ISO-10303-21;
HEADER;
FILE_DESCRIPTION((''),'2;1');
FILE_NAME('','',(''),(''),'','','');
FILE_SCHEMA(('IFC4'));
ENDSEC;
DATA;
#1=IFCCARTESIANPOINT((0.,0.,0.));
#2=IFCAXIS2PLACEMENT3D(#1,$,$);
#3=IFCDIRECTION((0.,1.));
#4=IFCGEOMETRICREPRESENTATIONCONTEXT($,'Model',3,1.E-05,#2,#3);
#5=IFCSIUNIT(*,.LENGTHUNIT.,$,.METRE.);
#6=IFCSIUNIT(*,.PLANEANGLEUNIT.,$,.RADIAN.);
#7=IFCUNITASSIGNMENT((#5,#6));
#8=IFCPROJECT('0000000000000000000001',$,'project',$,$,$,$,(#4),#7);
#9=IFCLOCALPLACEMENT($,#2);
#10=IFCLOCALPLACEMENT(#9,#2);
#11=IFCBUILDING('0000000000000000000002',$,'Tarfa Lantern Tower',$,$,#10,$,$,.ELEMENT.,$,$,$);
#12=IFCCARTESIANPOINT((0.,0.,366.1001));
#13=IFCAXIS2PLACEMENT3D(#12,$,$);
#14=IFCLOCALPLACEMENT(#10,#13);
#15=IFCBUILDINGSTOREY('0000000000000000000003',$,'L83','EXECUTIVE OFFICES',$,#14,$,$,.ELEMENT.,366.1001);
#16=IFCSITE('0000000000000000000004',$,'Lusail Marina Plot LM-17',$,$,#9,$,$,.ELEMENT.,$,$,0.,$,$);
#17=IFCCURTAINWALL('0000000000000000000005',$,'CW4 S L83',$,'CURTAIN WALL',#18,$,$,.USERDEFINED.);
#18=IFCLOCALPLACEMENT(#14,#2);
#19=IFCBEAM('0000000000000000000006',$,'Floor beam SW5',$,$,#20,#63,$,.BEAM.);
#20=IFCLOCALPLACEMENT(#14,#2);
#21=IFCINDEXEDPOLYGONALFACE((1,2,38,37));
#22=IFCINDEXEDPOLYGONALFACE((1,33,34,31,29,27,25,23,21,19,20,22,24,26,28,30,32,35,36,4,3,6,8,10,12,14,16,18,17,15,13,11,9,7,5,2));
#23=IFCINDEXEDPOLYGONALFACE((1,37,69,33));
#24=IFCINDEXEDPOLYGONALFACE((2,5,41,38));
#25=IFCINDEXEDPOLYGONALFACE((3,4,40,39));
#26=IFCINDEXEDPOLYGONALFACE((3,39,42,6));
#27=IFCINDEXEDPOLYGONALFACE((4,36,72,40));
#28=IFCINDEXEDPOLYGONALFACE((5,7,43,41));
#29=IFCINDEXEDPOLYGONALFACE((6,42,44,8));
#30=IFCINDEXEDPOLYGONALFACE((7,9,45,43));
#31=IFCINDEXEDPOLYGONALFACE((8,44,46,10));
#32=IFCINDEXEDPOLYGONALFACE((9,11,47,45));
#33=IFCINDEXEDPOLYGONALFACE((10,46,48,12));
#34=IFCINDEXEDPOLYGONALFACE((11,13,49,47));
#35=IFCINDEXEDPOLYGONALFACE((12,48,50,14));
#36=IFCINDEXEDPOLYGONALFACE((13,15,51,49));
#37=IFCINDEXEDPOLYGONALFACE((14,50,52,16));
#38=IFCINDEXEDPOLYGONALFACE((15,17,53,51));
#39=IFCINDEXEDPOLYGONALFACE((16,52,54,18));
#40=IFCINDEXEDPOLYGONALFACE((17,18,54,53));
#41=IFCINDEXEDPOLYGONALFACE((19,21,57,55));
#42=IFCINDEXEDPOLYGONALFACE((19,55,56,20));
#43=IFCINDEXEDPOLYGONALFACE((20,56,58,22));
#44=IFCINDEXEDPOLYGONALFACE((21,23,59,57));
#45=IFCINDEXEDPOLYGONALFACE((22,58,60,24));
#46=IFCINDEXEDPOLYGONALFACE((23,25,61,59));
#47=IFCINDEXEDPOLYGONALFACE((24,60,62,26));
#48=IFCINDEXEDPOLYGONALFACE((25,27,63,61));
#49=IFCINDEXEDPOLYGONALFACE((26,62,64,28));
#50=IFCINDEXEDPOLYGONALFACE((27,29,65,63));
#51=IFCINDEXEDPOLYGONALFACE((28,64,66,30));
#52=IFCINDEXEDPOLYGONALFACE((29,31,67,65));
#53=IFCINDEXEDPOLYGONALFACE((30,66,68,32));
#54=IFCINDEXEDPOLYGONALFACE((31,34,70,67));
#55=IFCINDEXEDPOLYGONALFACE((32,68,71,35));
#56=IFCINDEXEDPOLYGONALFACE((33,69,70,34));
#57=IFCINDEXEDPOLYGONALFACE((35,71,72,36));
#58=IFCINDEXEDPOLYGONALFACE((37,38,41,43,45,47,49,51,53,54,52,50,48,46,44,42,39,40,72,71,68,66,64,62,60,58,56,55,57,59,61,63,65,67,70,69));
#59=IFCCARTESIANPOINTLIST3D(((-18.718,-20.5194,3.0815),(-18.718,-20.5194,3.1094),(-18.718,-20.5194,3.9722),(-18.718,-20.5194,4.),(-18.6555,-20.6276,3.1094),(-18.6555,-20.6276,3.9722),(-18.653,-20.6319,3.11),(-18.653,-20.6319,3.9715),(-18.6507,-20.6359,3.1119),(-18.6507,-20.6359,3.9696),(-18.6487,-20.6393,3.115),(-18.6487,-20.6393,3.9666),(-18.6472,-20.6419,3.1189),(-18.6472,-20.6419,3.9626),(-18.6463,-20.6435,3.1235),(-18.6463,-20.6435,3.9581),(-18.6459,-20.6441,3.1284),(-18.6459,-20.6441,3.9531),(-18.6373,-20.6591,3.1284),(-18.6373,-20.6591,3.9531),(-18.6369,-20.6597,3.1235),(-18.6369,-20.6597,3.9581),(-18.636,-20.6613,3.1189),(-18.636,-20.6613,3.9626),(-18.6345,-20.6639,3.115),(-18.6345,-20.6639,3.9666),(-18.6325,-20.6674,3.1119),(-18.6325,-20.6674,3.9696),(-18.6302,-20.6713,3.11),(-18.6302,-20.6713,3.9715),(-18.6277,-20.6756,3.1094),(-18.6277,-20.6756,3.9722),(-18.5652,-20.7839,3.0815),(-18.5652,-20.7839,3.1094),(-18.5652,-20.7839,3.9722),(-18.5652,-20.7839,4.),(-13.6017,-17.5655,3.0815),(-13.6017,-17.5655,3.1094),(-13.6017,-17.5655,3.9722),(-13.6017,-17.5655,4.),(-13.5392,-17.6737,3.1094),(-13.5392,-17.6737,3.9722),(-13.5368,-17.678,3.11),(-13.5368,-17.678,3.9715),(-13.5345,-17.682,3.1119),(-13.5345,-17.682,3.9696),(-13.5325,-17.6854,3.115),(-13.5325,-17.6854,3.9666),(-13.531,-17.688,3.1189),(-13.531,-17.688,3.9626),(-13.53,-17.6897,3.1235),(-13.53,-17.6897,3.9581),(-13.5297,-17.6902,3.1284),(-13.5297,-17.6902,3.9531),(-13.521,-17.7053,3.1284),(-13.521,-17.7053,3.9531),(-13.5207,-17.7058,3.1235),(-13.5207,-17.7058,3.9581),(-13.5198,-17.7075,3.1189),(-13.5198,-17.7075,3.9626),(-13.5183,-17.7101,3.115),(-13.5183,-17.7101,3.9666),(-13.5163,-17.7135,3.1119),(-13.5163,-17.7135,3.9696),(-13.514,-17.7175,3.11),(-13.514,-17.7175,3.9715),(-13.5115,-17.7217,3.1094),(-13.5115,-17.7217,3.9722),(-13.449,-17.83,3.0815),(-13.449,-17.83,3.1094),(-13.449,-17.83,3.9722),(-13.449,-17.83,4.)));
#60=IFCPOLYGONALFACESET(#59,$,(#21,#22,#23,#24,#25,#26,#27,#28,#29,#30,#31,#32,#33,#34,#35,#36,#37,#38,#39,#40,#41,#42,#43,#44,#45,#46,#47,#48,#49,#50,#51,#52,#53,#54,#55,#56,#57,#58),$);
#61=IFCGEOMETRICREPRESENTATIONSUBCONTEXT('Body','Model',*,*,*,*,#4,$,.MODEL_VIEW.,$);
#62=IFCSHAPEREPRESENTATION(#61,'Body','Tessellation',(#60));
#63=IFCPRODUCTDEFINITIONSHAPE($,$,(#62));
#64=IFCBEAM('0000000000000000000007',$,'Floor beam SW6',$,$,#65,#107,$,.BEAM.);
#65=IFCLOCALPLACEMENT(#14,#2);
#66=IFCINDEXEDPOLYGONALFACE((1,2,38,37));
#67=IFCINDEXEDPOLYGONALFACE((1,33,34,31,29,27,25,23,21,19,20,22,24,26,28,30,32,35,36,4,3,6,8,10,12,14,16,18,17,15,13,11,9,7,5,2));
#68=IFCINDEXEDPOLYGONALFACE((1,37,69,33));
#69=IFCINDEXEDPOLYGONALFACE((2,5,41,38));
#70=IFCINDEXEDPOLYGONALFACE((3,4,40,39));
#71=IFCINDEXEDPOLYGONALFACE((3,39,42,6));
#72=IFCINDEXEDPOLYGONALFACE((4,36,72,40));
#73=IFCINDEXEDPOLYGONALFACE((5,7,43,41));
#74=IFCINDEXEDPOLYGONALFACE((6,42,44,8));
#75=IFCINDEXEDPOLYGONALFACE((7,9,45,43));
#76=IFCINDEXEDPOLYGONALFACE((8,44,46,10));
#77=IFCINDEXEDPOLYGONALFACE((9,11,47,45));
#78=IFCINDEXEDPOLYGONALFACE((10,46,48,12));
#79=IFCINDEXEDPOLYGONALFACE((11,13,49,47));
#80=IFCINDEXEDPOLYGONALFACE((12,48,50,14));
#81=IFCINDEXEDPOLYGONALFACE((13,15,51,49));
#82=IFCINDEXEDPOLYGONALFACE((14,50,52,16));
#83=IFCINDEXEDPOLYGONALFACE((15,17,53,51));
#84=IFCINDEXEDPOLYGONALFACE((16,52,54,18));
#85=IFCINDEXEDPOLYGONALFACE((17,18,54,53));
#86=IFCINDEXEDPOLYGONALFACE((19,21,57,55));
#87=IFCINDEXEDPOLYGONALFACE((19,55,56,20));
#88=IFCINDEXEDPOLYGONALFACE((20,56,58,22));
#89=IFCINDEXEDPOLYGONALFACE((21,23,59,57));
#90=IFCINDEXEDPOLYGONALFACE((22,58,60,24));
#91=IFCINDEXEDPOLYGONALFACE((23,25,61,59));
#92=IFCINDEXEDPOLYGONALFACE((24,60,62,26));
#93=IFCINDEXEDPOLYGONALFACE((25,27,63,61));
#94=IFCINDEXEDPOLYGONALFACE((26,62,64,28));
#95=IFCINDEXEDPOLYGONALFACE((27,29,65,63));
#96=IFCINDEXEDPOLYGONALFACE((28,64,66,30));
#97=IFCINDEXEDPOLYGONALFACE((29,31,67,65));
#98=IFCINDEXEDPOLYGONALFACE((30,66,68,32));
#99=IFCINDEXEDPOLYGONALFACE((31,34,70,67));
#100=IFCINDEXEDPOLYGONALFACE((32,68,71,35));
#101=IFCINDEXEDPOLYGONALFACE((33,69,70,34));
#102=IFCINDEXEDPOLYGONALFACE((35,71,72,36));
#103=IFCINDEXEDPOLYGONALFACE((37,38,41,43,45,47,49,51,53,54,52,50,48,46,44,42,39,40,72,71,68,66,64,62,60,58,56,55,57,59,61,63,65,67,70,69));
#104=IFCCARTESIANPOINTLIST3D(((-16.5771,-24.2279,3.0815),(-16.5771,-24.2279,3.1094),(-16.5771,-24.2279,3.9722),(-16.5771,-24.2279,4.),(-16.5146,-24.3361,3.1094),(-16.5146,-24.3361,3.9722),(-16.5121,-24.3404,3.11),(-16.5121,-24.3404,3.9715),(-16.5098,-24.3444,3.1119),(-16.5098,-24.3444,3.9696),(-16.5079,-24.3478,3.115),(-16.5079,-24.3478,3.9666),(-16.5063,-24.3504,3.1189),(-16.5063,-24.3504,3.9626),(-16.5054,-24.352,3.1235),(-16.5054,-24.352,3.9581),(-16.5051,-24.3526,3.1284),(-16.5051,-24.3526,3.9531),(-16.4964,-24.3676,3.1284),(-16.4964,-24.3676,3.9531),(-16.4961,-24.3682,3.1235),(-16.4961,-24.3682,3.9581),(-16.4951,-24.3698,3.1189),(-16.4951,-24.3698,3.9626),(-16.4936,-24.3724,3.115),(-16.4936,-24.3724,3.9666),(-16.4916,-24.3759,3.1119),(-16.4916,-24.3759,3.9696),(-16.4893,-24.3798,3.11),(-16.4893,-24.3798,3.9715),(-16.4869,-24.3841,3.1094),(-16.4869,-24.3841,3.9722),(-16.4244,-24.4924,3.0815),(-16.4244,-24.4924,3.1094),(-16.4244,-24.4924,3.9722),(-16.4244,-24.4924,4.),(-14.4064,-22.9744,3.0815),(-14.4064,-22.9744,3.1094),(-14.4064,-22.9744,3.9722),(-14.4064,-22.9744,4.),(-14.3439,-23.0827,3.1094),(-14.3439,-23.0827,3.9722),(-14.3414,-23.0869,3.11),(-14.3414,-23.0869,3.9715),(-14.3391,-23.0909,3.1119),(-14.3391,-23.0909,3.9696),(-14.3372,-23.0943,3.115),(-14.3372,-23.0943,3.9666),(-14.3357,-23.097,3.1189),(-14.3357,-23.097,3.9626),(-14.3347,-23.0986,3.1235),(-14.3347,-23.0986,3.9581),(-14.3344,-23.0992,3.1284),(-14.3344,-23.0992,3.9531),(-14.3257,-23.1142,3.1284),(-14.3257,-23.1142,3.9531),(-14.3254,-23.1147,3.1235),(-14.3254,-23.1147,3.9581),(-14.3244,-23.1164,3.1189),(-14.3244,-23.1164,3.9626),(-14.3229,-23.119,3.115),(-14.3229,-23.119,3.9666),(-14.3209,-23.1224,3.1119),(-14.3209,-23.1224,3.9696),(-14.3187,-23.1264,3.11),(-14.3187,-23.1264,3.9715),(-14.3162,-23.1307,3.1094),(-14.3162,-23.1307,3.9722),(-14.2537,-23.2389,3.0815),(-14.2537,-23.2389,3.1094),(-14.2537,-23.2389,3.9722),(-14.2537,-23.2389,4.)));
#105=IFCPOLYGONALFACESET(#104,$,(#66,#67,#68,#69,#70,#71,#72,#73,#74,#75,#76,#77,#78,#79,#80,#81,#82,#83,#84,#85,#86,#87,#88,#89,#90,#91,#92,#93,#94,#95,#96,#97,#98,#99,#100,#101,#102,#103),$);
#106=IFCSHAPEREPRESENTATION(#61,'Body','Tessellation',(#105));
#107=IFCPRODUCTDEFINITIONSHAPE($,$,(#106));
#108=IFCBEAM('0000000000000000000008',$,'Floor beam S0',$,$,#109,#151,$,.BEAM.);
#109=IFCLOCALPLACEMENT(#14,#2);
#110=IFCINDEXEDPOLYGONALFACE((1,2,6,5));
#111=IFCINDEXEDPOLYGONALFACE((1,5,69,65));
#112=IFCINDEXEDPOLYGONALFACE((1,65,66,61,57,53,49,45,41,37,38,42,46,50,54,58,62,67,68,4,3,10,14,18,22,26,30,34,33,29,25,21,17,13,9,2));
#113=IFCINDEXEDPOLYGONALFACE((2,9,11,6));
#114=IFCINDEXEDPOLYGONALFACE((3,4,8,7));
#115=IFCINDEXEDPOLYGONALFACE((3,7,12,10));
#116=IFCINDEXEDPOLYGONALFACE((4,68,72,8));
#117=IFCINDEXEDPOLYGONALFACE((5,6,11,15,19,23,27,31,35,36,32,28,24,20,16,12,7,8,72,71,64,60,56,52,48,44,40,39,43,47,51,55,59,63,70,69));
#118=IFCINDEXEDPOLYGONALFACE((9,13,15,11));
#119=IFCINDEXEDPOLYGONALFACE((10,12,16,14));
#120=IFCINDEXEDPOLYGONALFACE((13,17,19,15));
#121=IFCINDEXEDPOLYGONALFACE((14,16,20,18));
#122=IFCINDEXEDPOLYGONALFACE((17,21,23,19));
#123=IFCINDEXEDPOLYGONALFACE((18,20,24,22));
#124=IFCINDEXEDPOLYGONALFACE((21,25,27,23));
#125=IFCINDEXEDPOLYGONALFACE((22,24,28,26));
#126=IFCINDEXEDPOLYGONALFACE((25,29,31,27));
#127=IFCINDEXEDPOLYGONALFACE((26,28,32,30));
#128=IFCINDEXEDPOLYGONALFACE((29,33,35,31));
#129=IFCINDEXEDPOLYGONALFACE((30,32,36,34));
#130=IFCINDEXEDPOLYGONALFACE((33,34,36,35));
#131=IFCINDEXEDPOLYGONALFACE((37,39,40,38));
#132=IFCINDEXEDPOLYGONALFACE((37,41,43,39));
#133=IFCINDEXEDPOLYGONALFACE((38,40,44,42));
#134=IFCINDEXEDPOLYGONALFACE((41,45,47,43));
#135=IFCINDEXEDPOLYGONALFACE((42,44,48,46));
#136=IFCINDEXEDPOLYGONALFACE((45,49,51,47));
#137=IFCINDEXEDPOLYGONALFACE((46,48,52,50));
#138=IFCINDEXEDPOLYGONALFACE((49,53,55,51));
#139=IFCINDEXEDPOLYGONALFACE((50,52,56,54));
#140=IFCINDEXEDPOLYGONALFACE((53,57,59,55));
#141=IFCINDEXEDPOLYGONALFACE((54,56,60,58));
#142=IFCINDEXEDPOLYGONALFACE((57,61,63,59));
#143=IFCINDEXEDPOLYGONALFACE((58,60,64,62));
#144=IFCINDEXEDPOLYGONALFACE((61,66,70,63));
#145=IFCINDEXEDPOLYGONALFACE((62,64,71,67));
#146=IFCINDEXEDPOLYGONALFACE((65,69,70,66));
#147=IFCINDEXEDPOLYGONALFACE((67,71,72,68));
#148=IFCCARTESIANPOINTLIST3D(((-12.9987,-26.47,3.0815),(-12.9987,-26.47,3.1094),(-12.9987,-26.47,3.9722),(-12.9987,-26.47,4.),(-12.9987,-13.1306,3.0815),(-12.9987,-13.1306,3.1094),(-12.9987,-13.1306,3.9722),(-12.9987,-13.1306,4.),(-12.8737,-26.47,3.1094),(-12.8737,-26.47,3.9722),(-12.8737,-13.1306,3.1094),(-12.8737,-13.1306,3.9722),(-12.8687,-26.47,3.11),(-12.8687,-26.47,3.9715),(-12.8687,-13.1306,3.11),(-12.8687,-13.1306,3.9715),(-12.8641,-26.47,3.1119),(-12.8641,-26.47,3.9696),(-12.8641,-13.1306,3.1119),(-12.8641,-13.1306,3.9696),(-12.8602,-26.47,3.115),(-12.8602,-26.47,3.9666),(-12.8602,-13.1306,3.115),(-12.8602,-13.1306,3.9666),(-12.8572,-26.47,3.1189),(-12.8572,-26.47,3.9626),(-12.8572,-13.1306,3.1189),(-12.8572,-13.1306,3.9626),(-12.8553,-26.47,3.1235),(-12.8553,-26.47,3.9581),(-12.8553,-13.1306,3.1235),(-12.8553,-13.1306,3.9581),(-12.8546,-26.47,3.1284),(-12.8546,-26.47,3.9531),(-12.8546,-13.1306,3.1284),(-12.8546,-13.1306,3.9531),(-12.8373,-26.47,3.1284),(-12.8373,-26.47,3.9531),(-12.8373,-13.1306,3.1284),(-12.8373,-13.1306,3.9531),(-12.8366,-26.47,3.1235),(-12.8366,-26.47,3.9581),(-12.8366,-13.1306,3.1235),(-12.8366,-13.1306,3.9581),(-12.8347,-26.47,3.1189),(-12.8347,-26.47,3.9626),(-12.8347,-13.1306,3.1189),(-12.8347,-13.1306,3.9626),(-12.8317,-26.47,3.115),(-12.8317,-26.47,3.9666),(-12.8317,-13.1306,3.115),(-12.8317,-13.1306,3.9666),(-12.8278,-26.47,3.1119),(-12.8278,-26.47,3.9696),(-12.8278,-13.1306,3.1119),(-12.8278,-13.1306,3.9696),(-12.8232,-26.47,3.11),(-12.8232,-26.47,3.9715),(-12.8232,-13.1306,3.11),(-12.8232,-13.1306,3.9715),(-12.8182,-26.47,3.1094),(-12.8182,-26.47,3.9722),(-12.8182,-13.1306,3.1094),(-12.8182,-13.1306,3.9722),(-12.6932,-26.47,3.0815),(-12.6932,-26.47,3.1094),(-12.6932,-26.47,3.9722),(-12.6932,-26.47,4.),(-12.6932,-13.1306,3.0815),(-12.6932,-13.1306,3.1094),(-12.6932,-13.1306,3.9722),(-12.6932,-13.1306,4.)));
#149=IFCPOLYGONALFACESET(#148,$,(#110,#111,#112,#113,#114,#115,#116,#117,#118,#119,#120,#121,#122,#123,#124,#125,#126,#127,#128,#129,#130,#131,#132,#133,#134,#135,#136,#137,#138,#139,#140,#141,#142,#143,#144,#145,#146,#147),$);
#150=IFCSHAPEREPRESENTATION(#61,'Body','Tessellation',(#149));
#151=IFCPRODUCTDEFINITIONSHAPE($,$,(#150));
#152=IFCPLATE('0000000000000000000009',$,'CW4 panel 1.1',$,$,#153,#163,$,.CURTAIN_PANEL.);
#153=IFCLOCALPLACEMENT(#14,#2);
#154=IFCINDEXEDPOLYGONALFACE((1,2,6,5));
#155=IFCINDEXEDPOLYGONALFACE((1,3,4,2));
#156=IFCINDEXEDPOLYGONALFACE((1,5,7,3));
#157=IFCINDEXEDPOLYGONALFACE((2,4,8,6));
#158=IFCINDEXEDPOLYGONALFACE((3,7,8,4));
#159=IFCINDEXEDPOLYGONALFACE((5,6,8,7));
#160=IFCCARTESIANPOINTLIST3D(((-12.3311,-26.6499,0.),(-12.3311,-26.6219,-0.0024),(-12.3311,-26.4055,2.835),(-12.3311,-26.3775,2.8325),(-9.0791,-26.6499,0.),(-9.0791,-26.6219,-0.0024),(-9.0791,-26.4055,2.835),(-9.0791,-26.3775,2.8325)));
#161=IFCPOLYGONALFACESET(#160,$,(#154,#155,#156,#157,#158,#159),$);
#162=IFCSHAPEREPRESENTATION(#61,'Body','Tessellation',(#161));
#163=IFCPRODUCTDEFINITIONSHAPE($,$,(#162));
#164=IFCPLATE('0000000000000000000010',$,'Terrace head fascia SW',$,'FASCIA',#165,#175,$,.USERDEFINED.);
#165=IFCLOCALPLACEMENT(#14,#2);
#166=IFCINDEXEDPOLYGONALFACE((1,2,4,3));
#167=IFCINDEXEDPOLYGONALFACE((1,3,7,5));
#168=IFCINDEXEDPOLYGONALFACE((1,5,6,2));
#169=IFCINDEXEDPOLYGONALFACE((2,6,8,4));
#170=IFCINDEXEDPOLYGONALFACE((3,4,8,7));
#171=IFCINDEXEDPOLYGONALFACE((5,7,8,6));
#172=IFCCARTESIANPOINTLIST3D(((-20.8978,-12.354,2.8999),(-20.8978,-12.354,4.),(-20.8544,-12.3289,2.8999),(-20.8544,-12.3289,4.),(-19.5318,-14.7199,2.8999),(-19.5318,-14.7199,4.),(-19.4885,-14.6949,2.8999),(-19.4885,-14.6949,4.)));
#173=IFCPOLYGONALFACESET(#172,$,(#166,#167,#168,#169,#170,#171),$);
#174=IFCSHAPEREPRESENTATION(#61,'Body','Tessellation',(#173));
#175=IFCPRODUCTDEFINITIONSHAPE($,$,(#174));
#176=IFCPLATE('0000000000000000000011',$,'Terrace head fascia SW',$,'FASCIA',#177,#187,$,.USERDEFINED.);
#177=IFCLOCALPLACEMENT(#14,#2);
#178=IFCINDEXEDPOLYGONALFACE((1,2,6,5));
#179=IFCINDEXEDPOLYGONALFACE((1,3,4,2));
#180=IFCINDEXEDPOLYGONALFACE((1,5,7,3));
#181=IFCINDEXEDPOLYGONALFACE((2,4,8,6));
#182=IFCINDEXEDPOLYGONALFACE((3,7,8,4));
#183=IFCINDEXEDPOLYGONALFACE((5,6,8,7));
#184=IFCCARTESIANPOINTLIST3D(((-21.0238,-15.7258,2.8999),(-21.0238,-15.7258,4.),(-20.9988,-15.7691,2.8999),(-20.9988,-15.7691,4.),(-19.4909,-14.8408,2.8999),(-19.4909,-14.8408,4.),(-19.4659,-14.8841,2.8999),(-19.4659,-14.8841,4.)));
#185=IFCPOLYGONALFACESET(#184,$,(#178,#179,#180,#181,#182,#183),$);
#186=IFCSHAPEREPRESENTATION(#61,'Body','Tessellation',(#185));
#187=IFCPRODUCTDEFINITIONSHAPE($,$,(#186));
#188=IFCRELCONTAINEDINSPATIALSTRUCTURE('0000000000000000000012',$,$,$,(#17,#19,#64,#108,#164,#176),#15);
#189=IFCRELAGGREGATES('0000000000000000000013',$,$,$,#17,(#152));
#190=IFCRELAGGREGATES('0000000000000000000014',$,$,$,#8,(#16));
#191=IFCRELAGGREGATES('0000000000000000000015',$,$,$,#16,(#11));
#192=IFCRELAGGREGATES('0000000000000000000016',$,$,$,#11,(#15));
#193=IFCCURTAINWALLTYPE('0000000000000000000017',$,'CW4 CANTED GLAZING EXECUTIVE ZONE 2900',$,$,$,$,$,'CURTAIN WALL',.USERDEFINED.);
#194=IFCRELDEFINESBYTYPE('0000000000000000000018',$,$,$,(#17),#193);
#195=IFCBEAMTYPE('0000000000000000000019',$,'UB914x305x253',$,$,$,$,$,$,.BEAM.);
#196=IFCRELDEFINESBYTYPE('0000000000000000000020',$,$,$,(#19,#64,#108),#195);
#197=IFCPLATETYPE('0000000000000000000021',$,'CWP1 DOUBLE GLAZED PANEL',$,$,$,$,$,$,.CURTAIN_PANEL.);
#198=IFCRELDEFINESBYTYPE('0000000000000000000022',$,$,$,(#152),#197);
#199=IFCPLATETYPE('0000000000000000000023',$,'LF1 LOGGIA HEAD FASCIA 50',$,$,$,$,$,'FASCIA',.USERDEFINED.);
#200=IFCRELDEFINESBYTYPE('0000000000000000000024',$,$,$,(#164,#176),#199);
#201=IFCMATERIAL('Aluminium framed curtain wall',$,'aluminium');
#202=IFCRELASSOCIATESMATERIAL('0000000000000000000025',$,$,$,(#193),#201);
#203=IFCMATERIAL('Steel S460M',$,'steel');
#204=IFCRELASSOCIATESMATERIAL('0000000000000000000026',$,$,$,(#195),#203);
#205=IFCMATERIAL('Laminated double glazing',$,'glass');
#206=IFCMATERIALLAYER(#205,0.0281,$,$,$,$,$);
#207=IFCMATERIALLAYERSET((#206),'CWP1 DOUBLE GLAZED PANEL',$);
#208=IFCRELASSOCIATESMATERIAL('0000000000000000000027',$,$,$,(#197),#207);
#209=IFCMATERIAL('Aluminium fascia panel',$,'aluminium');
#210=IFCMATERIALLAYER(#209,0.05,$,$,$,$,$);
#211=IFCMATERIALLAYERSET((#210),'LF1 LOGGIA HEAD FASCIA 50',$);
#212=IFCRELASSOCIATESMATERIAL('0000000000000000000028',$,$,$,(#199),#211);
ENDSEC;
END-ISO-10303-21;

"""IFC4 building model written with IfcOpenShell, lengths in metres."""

from ifc_helpers import new_model, si_unit, direction, frame, origin, origin_2d, place, context, subcontext, project, spatial, polyline, rectangle, i_section, outline, extrude, material, layer, layer_set, material_profile, profile_set, type_object, element, aggregate, save


model = new_model("IFC4")

# Units and contexts
model_context = context("Model", 3, precision=1e-05, world=origin(), true_north=direction((0.0, 1.0)))
body_context = subcontext(model_context, "Body", "Model", "MODEL_VIEW")
ifc_project = project(units=[si_unit("LENGTHUNIT", "METRE"), si_unit("PLANEANGLEUNIT", "RADIAN")], contexts=[model_context])

# Site, building, storey
site_placement = place(None, origin())
site = spatial("IfcSite", under=ifc_project, at=site_placement, Name="Lusail Marina Plot LM-17", CompositionType="ELEMENT", RefElevation=0.0)
building_placement = place(site_placement, origin())
building = spatial("IfcBuilding", under=site, at=building_placement, Name="Tarfa Lantern Tower", CompositionType="ELEMENT")
storey_placement = place(building_placement, frame((0.0, 0.0, 366.1001)))
storey = spatial("IfcBuildingStorey", under=building, at=storey_placement, Name="L83", Description="EXECUTIVE OFFICES", CompositionType="ELEMENT", Elevation=366.1001)

# Curtain wall
ifc_material_1 = material(Name="Aluminium framed curtain wall", Category="aluminium")
curtain_wall_type = type_object("IfcCurtainWallType", Name="CW4 CANTED GLAZING EXECUTIVE ZONE 2900", ElementType="CURTAIN WALL", PredefinedType="USERDEFINED", material=ifc_material_1)
curtain_wall_placement = place(storey_placement, origin())
curtain_wall = element("IfcCurtainWall", 1, at=curtain_wall_placement, inside=storey, type_object=curtain_wall_type, Name="CW4 S L83", ObjectType="CURTAIN WALL", PredefinedType="USERDEFINED")

# Beams
ifc_material_2 = material(Name="Steel S460M", Category="steel")
ifc_material_profile_1 = material_profile(ifc_material_2, i_section(OverallWidth=0.3054, OverallDepth=0.9185, WebThickness=0.0173, FlangeThickness=0.0278, FilletRadius=0.019, at=origin_2d()), Name="UB914x305x253")
ifc_profile_set_1 = profile_set([ifc_material_profile_1], Name="Steel S460M")
beam_type_1 = type_object("IfcBeamType", Name="UB914x305x253", PredefinedType="BEAM", material=ifc_profile_set_1)
beam_1_placement = place(storey_placement, frame((-18.6416, -20.6516, 3.5408), z_axis=(0.866025, 0.500001, 0.0), x_axis=(-0.500001, 0.866025, 0.0)))
element("IfcBeam", 2, at=beam_1_placement, inside=storey, type_object=beam_type_1, Name="Floor beam SW5", PredefinedType="BEAM", context=body_context, shape_type="SweptSolid", body=[
    extrude(i_section(OverallWidth=0.3054, OverallDepth=0.9185, WebThickness=0.0173, FlangeThickness=0.0278, FilletRadius=0.019, at=origin_2d()), origin(), (0.0, 0.0, 1.0), 5.9077),
])
beam_2_placement = place(storey_placement, frame((-16.5007, -24.3601, 3.5408), z_axis=(0.865993, 0.500057, 0.0), x_axis=(-0.500057, 0.865993, 0.0)))
element("IfcBeam", 3, at=beam_2_placement, inside=storey, type_object=beam_type_1, Name="Floor beam SW6", PredefinedType="BEAM", context=body_context, shape_type="SweptSolid", body=[
    extrude(i_section(OverallWidth=0.3054, OverallDepth=0.9185, WebThickness=0.0173, FlangeThickness=0.0278, FilletRadius=0.019, at=origin_2d()), origin(), (0.0, 0.0, 1.0), 2.5066),
])
beam_3_placement = place(storey_placement, frame((-12.8459, -26.47, 3.5408), z_axis=(0.0, 1.0, 0.0), x_axis=(-1.0, 0.0, 0.0)))
element("IfcBeam", 4, at=beam_3_placement, inside=storey, type_object=beam_type_1, Name="Floor beam S0", PredefinedType="BEAM", context=body_context, shape_type="SweptSolid", body=[
    extrude(i_section(OverallWidth=0.3054, OverallDepth=0.9185, WebThickness=0.0173, FlangeThickness=0.0278, FilletRadius=0.019, at=origin_2d()), origin(), (0.0, 0.0, 1.0), 13.3394),
])

# Plate
ifc_material_3 = material(Name="Laminated double glazing", Category="glass")
ifc_layer_1 = layer(ifc_material_3, 0.0281)
ifc_layer_set_1 = layer_set([ifc_layer_1], Name="CWP1 DOUBLE GLAZED PANEL")
plate_type_1 = type_object("IfcPlateType", Name="CWP1 DOUBLE GLAZED PANEL", PredefinedType="CURTAIN_PANEL", material=ifc_layer_set_1)
plate_1_placement = place(storey_placement, frame((-12.3311, -26.6499, 0.0), z_axis=(0.0, -0.996305, 0.085885), x_axis=(1.0, 0.0, 0.0)))
plate_1 = element("IfcPlate", 5, at=plate_1_placement, type_object=plate_type_1, Name="CW4 panel 1.1", PredefinedType="CURTAIN_PANEL", context=body_context, shape_type="SweptSolid", body=[
    extrude(outline(polyline([(0.0, 0.0), (3.252, 0.0), (3.252, 2.8455), (0.0, 2.8455), (0.0, 0.0)])), origin(), (0.0, 0.0, -1.0), 0.0281),
])
aggregate(curtain_wall, [plate_1])

# Plates
ifc_material_4 = material(Name="Aluminium fascia panel", Category="aluminium")
ifc_layer_2 = layer(ifc_material_4, 0.05)
ifc_layer_set_2 = layer_set([ifc_layer_2], Name="LF1 LOGGIA HEAD FASCIA 50")
plate_type_2 = type_object("IfcPlateType", Name="LF1 LOGGIA HEAD FASCIA 50", ElementType="FASCIA", PredefinedType="USERDEFINED", material=ifc_layer_set_2)
plate_2_placement = place(storey_placement, frame((-20.1931, -13.5244, 2.8999), z_axis=(0.0, 0.0, 1.0), x_axis=(0.5, -0.866025, 0.0)))
element("IfcPlate", 6, at=plate_2_placement, inside=storey, type_object=plate_type_2, Name="Terrace head fascia SW", ObjectType="FASCIA", PredefinedType="USERDEFINED", context=body_context, shape_type="SweptSolid", body=[
    extrude(rectangle(XDim=2.7319, YDim=0.05, at=origin_2d()), origin(), (0.0, 0.0, 1.0), 1.1001),
])
plate_3_placement = place(storey_placement, frame((-20.2449, -15.3049, 2.8999), z_axis=(0.0, 0.0, 1.0), x_axis=(0.866025, 0.5, 0.0)))
element("IfcPlate", 7, at=plate_3_placement, inside=storey, type_object=plate_type_2, Name="Terrace head fascia SW", ObjectType="FASCIA", PredefinedType="USERDEFINED", context=body_context, shape_type="SweptSolid", body=[
    extrude(rectangle(XDim=1.77, YDim=0.05, at=origin_2d()), origin(), (0.0, 0.0, 1.0), 1.1001),
])

save(model, "model.ifc")
